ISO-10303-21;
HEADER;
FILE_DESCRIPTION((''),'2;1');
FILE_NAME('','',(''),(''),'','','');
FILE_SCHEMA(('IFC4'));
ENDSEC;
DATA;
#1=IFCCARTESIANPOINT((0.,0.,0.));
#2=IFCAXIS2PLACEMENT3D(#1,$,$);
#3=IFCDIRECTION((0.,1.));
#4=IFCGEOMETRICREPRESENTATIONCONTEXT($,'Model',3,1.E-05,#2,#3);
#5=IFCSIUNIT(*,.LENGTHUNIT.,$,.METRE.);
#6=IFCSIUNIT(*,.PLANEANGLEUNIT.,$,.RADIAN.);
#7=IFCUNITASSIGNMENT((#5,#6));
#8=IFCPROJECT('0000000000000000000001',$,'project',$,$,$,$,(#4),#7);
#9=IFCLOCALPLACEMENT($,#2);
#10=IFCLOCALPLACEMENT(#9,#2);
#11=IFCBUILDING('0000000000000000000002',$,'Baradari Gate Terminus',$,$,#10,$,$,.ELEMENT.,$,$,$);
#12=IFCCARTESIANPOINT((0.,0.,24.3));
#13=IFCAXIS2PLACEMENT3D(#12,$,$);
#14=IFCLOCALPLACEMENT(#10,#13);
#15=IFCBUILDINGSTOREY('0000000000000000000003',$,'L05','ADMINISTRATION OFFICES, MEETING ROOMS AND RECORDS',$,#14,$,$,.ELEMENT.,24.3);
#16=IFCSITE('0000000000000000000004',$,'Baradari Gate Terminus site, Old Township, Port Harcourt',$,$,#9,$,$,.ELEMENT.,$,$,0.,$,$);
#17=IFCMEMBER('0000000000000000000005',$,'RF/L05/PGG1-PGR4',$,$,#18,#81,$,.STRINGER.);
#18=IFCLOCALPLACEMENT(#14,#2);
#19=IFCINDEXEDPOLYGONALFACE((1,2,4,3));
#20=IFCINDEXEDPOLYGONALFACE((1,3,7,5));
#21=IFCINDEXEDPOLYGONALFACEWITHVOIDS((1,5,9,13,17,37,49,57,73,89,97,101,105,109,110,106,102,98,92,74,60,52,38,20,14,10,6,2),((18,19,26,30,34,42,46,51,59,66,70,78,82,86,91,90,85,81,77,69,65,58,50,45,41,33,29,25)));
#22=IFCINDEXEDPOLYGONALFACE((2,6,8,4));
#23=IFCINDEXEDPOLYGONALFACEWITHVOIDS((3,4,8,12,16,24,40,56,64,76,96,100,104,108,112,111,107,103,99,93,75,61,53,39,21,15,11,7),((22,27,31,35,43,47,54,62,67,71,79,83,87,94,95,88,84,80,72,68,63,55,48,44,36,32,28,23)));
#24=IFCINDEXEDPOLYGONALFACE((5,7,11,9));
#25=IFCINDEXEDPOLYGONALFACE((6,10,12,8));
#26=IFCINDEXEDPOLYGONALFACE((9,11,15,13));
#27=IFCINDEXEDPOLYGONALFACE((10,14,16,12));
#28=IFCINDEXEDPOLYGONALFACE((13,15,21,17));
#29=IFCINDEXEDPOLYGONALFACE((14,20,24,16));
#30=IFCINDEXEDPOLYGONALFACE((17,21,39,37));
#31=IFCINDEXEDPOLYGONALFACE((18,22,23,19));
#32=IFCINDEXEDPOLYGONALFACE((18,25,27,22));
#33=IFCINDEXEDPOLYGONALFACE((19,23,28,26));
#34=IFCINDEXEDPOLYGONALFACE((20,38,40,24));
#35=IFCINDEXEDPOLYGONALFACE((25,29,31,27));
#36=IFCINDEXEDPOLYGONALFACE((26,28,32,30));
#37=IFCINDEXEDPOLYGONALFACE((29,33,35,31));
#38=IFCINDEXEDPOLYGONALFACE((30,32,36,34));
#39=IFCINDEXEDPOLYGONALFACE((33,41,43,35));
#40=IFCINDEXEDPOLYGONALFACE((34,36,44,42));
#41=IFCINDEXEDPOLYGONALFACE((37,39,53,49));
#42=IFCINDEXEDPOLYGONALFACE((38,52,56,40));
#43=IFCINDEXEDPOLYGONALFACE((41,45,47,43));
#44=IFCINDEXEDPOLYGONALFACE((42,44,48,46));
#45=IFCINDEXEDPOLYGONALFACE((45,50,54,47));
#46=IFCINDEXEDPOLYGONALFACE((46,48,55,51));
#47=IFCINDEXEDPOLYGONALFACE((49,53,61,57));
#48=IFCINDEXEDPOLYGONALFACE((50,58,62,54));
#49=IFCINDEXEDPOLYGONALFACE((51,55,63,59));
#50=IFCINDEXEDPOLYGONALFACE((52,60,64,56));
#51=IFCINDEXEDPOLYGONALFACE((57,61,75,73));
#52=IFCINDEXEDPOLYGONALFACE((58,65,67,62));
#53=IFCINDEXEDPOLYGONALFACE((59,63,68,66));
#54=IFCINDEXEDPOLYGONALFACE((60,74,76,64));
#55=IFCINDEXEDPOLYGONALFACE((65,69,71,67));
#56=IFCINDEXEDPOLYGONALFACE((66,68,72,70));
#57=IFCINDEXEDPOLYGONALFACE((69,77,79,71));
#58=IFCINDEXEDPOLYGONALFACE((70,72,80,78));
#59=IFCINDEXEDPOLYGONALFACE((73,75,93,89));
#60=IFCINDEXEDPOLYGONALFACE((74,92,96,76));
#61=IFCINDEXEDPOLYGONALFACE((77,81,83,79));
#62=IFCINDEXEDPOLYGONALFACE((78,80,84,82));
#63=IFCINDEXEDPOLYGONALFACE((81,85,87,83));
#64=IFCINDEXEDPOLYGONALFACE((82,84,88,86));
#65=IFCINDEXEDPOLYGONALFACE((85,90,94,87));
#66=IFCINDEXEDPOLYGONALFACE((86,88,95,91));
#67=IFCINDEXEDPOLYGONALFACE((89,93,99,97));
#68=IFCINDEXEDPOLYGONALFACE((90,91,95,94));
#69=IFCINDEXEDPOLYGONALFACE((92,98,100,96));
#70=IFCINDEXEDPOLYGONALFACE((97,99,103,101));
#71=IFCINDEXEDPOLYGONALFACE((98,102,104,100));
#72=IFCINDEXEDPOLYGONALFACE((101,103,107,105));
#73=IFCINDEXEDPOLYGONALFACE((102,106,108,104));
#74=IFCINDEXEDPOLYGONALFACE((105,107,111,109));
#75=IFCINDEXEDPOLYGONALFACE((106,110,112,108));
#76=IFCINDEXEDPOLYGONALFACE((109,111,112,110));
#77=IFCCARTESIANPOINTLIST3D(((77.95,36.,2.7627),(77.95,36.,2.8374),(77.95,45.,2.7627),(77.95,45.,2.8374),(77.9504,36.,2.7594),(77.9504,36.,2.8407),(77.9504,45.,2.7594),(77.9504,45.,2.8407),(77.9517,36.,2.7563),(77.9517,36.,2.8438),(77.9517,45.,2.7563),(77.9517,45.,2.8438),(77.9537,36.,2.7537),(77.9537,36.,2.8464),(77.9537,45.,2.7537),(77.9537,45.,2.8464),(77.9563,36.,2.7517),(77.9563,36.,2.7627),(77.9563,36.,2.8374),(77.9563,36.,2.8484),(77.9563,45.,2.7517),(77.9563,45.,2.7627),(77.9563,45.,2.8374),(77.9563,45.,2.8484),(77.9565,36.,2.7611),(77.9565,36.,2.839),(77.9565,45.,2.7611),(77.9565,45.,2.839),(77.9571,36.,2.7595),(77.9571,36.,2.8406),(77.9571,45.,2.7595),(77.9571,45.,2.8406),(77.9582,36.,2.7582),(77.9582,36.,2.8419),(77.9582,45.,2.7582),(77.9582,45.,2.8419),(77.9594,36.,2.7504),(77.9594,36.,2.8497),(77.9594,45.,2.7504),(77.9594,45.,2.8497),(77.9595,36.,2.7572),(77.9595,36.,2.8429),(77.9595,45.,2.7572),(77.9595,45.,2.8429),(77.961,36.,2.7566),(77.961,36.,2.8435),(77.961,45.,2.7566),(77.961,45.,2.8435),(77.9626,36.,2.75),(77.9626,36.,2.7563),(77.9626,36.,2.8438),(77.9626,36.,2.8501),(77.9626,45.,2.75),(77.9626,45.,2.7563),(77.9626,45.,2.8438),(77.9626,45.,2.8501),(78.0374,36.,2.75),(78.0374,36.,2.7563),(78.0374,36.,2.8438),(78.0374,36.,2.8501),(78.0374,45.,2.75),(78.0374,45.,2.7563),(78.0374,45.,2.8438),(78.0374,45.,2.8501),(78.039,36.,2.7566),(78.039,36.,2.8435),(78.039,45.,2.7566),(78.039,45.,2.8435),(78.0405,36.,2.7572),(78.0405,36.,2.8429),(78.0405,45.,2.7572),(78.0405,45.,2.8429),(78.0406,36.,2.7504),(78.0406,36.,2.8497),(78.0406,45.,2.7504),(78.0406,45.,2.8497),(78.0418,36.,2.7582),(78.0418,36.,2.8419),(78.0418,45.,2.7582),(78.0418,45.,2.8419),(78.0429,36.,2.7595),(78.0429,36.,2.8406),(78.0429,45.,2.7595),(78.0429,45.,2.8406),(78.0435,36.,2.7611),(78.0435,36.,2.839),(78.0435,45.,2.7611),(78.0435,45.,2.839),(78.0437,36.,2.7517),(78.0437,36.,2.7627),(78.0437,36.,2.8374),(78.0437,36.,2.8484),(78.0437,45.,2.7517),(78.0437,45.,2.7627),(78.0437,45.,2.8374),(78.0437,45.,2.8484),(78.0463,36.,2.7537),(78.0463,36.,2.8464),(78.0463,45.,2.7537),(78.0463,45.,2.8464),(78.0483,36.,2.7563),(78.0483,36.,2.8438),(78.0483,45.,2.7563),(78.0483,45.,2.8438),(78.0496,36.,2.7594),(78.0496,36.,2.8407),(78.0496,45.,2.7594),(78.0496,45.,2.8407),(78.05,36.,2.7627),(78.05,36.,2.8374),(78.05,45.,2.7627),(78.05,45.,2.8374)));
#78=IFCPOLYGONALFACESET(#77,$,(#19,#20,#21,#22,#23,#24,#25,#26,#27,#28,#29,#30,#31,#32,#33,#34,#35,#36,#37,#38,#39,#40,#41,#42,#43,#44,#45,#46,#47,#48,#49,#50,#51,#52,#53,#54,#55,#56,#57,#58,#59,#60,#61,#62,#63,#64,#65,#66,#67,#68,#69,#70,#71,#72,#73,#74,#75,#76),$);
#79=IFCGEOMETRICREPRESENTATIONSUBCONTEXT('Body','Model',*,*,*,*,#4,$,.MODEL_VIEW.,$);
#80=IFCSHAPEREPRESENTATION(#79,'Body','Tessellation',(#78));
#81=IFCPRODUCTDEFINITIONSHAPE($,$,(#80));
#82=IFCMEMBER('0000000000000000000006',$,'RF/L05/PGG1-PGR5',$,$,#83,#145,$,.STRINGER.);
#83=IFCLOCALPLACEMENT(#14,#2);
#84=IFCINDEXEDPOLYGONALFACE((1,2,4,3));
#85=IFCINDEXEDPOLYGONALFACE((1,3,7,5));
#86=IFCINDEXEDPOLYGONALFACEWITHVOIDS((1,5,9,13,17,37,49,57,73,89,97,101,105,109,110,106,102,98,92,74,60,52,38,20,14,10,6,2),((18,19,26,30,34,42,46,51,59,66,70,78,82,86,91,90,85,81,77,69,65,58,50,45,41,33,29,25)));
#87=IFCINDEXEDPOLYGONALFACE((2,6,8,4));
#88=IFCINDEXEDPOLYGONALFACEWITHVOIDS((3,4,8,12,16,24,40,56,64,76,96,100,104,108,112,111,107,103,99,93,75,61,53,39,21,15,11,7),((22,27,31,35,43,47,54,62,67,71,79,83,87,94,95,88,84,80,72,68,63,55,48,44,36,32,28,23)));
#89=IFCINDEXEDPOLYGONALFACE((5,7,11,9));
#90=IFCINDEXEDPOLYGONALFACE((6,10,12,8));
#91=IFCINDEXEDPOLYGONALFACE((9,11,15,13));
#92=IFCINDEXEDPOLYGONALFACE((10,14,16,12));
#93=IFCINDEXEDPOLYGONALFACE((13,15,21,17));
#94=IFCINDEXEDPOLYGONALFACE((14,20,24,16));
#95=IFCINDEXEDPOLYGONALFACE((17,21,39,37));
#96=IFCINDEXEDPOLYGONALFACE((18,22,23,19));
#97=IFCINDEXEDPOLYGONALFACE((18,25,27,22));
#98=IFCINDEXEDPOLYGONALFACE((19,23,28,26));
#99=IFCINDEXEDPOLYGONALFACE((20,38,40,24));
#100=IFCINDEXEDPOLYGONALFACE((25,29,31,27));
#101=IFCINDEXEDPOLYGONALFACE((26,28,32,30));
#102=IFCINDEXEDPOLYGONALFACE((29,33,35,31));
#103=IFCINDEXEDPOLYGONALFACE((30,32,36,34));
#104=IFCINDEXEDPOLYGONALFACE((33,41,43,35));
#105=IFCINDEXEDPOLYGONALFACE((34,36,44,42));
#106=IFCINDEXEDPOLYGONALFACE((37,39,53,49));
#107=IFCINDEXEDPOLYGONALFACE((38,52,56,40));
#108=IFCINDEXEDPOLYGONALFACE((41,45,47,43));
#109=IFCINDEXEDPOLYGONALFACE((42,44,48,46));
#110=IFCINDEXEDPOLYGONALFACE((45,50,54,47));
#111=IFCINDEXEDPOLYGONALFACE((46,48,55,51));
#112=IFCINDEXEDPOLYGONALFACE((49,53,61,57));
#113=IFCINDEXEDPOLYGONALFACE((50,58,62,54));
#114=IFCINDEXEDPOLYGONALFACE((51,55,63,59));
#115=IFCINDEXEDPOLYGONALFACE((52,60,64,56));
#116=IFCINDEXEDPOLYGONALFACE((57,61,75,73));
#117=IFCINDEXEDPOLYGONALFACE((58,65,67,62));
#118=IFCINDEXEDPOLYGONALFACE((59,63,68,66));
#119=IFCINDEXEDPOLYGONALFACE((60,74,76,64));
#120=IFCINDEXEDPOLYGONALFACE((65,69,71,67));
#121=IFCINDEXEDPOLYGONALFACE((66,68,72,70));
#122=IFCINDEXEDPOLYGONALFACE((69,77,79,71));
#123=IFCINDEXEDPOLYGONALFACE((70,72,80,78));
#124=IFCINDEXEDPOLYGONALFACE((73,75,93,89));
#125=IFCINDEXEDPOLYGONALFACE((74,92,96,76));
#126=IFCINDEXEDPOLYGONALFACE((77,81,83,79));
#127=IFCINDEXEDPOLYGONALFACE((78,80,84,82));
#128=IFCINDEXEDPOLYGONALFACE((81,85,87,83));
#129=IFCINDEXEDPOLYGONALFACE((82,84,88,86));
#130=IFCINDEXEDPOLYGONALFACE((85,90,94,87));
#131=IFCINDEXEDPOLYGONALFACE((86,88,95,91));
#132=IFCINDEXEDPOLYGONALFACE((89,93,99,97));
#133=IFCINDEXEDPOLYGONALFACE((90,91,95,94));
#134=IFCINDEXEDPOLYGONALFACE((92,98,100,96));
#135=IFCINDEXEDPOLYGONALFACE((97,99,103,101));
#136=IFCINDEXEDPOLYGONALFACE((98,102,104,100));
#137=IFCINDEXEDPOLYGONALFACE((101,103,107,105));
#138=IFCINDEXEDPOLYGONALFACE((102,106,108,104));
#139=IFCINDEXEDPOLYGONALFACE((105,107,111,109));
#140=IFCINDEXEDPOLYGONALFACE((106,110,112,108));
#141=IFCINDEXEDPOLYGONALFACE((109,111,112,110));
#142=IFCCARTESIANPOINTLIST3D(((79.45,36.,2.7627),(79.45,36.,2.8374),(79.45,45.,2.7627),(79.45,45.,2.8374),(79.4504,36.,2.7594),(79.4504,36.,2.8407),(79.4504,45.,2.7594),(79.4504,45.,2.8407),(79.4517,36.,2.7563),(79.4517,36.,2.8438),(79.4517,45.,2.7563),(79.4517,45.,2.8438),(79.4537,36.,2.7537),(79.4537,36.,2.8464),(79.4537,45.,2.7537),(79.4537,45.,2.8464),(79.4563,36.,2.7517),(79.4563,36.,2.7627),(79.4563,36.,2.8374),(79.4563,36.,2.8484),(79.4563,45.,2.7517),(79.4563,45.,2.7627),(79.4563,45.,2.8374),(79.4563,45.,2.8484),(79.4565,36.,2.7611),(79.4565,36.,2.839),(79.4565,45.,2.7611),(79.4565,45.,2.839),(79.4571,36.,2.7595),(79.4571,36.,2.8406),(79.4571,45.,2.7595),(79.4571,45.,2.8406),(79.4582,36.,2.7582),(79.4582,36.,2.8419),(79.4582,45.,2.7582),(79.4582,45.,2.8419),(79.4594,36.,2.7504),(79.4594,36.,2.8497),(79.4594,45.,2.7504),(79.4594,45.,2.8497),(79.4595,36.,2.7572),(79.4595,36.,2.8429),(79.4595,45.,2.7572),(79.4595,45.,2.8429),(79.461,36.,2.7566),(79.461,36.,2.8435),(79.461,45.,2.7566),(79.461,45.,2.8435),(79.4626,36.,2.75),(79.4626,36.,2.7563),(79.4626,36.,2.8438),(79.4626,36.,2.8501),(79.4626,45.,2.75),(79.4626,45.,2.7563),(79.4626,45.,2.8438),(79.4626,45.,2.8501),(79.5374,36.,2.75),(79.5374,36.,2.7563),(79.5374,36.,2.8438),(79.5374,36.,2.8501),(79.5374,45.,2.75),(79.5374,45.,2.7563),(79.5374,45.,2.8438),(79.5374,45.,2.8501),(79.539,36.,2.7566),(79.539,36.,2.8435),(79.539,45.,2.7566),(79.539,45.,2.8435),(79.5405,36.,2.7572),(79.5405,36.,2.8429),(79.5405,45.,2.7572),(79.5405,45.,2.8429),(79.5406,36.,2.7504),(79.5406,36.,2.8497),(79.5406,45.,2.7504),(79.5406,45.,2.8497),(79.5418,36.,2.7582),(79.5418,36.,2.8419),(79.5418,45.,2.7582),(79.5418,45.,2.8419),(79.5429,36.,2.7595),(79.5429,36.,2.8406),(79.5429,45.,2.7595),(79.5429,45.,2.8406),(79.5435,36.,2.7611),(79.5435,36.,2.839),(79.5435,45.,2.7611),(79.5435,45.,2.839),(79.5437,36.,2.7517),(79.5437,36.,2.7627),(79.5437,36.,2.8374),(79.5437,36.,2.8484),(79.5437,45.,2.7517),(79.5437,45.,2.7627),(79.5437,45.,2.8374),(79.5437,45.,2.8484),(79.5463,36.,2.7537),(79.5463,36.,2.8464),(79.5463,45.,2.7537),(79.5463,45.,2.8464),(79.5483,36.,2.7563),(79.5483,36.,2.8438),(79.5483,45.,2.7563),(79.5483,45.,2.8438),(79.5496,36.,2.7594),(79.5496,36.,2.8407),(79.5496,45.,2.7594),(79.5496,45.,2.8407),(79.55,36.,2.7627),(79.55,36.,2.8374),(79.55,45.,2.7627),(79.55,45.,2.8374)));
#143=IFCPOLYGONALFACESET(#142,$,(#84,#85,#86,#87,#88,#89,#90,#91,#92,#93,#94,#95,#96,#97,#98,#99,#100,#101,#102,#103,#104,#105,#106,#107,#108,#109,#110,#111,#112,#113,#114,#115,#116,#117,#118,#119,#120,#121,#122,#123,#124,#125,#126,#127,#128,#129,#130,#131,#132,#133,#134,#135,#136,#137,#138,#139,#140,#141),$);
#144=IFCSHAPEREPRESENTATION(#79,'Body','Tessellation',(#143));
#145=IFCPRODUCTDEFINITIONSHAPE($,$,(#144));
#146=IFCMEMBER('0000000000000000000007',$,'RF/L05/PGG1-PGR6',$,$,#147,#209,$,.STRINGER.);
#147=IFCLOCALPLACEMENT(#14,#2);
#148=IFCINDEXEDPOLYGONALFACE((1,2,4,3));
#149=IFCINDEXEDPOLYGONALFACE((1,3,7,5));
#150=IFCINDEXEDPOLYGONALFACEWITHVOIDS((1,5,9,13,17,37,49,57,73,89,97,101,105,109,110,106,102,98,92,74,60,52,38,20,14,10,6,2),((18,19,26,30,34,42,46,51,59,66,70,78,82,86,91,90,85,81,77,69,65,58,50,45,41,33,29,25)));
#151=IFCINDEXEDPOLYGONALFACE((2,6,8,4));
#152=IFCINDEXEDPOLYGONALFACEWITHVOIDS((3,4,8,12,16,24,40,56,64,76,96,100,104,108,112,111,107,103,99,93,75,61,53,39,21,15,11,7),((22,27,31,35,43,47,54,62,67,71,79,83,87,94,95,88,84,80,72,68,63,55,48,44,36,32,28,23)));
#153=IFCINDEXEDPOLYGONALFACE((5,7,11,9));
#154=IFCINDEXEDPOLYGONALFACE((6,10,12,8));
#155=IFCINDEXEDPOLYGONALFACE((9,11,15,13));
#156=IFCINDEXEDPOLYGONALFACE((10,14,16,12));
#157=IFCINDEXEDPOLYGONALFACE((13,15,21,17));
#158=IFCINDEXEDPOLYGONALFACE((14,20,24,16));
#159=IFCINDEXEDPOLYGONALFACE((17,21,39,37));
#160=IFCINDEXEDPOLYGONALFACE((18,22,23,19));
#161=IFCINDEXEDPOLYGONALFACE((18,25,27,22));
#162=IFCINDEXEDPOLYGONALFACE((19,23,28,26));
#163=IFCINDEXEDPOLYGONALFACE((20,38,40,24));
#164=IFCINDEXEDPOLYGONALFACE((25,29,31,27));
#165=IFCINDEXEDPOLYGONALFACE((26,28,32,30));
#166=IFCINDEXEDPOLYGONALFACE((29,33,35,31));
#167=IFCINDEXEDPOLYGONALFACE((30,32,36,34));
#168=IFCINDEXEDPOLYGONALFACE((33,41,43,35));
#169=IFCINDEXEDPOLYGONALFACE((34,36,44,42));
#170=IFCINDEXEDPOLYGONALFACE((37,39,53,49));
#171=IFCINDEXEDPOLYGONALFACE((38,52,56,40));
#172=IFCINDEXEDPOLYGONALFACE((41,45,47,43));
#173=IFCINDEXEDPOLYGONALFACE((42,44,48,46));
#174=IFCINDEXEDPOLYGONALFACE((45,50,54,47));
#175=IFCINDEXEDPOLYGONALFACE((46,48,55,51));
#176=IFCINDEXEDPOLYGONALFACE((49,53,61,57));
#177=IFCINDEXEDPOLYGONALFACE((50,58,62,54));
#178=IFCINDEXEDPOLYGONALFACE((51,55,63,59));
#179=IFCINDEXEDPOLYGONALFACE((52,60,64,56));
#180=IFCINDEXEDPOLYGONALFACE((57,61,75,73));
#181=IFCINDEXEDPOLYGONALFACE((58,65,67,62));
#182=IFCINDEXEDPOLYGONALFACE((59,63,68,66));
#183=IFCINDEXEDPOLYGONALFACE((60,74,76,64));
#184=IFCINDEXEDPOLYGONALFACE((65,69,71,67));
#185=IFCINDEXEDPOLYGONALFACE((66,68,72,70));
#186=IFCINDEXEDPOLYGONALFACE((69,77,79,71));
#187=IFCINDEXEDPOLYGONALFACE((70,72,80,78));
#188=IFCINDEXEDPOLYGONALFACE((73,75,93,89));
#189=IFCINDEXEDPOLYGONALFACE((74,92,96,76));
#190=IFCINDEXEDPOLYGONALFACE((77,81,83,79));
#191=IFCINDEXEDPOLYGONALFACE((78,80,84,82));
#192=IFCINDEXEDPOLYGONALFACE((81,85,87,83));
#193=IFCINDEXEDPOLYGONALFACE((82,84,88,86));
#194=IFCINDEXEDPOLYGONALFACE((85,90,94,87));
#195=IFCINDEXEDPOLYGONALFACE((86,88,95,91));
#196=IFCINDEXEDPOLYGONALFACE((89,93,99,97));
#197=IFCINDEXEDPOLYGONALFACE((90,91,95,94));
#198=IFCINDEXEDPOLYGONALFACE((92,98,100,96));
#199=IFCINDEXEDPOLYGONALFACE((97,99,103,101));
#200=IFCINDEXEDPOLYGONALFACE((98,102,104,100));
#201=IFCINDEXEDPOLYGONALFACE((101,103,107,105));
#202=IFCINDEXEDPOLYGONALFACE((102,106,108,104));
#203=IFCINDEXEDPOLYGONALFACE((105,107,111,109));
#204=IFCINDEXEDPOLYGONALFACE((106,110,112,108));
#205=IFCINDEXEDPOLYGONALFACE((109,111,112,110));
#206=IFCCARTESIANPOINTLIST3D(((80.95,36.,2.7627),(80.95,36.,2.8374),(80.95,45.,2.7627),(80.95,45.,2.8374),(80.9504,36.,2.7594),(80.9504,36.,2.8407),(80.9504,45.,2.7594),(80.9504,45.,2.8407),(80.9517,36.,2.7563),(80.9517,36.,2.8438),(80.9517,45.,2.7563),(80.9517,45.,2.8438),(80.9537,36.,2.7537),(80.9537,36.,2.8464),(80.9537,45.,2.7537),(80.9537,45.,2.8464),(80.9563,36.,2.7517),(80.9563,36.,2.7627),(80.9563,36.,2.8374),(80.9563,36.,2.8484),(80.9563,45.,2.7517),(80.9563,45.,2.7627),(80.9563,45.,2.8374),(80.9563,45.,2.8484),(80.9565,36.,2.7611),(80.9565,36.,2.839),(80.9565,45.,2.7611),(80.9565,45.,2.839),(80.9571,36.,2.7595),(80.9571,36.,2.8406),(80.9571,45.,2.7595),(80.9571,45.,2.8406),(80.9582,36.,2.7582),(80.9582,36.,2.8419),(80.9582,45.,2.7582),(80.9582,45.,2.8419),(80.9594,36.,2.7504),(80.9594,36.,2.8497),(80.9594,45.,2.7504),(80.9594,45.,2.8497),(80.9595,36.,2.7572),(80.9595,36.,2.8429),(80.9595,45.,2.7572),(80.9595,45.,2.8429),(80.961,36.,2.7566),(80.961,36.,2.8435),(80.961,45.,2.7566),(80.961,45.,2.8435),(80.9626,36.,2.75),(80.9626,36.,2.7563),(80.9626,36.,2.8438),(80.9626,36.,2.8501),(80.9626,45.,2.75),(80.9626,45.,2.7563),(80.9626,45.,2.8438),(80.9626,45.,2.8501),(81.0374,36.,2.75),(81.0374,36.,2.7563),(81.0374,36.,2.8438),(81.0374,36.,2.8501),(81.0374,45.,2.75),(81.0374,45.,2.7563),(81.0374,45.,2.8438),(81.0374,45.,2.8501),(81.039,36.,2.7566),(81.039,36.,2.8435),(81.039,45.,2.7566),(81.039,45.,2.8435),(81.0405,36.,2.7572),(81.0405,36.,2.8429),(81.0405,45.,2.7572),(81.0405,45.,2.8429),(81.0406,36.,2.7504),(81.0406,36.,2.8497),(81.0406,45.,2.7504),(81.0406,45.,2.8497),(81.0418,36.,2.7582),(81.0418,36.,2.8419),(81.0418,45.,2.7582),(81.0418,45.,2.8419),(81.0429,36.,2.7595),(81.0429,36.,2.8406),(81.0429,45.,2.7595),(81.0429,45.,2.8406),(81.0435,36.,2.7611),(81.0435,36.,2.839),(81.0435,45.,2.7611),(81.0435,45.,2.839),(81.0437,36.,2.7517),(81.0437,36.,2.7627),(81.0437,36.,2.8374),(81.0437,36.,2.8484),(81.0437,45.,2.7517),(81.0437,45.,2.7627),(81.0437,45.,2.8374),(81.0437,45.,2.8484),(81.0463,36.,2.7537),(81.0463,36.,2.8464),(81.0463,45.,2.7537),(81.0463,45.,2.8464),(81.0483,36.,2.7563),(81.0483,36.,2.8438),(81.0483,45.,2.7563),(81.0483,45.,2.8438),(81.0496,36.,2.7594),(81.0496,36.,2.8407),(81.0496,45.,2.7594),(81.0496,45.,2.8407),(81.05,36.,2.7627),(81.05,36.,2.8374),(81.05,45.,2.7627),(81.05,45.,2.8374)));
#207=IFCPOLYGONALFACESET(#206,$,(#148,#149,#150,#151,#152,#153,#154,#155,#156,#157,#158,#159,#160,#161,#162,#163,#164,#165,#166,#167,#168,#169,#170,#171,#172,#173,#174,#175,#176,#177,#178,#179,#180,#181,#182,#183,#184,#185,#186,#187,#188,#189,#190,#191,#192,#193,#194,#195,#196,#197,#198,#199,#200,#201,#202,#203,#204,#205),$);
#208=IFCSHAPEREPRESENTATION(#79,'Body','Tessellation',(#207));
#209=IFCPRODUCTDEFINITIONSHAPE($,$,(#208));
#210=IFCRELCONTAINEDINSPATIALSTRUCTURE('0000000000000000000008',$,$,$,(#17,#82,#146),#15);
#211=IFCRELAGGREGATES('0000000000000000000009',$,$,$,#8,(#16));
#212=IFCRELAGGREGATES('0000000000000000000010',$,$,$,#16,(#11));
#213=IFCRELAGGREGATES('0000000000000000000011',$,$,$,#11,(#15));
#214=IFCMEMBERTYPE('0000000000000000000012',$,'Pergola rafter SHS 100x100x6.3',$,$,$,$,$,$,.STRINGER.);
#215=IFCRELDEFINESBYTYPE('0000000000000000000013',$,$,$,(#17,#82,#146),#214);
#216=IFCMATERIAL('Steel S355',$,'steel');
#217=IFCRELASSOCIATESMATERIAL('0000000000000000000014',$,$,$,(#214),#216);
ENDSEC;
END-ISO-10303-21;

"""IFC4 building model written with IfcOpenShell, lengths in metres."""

from ifc_helpers import new_model, si_unit, direction, frame, origin, origin_2d, place, context, subcontext, project, spatial, hollow_rectangle, extrude, material, material_profile, profile_set, type_object, element, save


model = new_model("IFC4")

# Units and contexts
model_context = context("Model", 3, precision=1e-05, world=origin(), true_north=direction((0.0, 1.0)))
body_context = subcontext(model_context, "Body", "Model", "MODEL_VIEW")
ifc_project = project(units=[si_unit("LENGTHUNIT", "METRE"), si_unit("PLANEANGLEUNIT", "RADIAN")], contexts=[model_context])

# Site, building, storey
site_placement = place(None, origin())
site = spatial("IfcSite", under=ifc_project, at=site_placement, Name="Baradari Gate Terminus site, Old Township, Port Harcourt", CompositionType="ELEMENT", RefElevation=0.0)
building_placement = place(site_placement, origin())
building = spatial("IfcBuilding", under=site, at=building_placement, Name="Baradari Gate Terminus", CompositionType="ELEMENT")
storey_placement = place(building_placement, frame((0.0, 0.0, 24.3)))
storey = spatial("IfcBuildingStorey", under=building, at=storey_placement, Name="L05", Description="ADMINISTRATION OFFICES, MEETING ROOMS AND RECORDS", CompositionType="ELEMENT", Elevation=24.3)

# Members
ifc_material_1 = material(Name="Steel S355", Category="steel")
ifc_material_profile = material_profile(ifc_material_1, hollow_rectangle(XDim=0.1001, YDim=0.1001, WallThickness=0.0063, InnerFilletRadius=0.0063, OuterFilletRadius=0.0127, at=origin_2d()), Name="SHS 100x100x6.3")
ifc_profile_set = profile_set([ifc_material_profile], Name="Steel S355")
member_type = type_object("IfcMemberType", Name="Pergola rafter SHS 100x100x6.3", PredefinedType="STRINGER", material=ifc_profile_set)
for number, where, z_axis, x_axis, name in (
    (1, (78.0, 36.0, 2.8), (0.0, 1.0, 0.0), (-1.0, 0.0, 0.0), "RF/L05/PGG1-PGR4"),
    (2, (79.5, 36.0, 2.8), (0.0, 1.0, 0.0), (-1.0, 0.0, 0.0), "RF/L05/PGG1-PGR5"),
    (3, (81.0, 36.0, 2.8), (0.0, 1.0, 0.0), (-1.0, 0.0, 0.0), "RF/L05/PGG1-PGR6"),
):
    element("IfcMember", number, at=place(storey_placement, frame(where, z_axis=z_axis, x_axis=x_axis)), inside=storey, type_object=member_type, Name=name, PredefinedType="STRINGER", context=body_context, shape_type="SweptSolid", body=[
        extrude(hollow_rectangle(XDim=0.1001, YDim=0.1001, WallThickness=0.0063, InnerFilletRadius=0.0063, OuterFilletRadius=0.0127, at=origin_2d()), origin(), (0.0, 0.0, 1.0), 9.0),
    ])

save(model, "model.ifc")
